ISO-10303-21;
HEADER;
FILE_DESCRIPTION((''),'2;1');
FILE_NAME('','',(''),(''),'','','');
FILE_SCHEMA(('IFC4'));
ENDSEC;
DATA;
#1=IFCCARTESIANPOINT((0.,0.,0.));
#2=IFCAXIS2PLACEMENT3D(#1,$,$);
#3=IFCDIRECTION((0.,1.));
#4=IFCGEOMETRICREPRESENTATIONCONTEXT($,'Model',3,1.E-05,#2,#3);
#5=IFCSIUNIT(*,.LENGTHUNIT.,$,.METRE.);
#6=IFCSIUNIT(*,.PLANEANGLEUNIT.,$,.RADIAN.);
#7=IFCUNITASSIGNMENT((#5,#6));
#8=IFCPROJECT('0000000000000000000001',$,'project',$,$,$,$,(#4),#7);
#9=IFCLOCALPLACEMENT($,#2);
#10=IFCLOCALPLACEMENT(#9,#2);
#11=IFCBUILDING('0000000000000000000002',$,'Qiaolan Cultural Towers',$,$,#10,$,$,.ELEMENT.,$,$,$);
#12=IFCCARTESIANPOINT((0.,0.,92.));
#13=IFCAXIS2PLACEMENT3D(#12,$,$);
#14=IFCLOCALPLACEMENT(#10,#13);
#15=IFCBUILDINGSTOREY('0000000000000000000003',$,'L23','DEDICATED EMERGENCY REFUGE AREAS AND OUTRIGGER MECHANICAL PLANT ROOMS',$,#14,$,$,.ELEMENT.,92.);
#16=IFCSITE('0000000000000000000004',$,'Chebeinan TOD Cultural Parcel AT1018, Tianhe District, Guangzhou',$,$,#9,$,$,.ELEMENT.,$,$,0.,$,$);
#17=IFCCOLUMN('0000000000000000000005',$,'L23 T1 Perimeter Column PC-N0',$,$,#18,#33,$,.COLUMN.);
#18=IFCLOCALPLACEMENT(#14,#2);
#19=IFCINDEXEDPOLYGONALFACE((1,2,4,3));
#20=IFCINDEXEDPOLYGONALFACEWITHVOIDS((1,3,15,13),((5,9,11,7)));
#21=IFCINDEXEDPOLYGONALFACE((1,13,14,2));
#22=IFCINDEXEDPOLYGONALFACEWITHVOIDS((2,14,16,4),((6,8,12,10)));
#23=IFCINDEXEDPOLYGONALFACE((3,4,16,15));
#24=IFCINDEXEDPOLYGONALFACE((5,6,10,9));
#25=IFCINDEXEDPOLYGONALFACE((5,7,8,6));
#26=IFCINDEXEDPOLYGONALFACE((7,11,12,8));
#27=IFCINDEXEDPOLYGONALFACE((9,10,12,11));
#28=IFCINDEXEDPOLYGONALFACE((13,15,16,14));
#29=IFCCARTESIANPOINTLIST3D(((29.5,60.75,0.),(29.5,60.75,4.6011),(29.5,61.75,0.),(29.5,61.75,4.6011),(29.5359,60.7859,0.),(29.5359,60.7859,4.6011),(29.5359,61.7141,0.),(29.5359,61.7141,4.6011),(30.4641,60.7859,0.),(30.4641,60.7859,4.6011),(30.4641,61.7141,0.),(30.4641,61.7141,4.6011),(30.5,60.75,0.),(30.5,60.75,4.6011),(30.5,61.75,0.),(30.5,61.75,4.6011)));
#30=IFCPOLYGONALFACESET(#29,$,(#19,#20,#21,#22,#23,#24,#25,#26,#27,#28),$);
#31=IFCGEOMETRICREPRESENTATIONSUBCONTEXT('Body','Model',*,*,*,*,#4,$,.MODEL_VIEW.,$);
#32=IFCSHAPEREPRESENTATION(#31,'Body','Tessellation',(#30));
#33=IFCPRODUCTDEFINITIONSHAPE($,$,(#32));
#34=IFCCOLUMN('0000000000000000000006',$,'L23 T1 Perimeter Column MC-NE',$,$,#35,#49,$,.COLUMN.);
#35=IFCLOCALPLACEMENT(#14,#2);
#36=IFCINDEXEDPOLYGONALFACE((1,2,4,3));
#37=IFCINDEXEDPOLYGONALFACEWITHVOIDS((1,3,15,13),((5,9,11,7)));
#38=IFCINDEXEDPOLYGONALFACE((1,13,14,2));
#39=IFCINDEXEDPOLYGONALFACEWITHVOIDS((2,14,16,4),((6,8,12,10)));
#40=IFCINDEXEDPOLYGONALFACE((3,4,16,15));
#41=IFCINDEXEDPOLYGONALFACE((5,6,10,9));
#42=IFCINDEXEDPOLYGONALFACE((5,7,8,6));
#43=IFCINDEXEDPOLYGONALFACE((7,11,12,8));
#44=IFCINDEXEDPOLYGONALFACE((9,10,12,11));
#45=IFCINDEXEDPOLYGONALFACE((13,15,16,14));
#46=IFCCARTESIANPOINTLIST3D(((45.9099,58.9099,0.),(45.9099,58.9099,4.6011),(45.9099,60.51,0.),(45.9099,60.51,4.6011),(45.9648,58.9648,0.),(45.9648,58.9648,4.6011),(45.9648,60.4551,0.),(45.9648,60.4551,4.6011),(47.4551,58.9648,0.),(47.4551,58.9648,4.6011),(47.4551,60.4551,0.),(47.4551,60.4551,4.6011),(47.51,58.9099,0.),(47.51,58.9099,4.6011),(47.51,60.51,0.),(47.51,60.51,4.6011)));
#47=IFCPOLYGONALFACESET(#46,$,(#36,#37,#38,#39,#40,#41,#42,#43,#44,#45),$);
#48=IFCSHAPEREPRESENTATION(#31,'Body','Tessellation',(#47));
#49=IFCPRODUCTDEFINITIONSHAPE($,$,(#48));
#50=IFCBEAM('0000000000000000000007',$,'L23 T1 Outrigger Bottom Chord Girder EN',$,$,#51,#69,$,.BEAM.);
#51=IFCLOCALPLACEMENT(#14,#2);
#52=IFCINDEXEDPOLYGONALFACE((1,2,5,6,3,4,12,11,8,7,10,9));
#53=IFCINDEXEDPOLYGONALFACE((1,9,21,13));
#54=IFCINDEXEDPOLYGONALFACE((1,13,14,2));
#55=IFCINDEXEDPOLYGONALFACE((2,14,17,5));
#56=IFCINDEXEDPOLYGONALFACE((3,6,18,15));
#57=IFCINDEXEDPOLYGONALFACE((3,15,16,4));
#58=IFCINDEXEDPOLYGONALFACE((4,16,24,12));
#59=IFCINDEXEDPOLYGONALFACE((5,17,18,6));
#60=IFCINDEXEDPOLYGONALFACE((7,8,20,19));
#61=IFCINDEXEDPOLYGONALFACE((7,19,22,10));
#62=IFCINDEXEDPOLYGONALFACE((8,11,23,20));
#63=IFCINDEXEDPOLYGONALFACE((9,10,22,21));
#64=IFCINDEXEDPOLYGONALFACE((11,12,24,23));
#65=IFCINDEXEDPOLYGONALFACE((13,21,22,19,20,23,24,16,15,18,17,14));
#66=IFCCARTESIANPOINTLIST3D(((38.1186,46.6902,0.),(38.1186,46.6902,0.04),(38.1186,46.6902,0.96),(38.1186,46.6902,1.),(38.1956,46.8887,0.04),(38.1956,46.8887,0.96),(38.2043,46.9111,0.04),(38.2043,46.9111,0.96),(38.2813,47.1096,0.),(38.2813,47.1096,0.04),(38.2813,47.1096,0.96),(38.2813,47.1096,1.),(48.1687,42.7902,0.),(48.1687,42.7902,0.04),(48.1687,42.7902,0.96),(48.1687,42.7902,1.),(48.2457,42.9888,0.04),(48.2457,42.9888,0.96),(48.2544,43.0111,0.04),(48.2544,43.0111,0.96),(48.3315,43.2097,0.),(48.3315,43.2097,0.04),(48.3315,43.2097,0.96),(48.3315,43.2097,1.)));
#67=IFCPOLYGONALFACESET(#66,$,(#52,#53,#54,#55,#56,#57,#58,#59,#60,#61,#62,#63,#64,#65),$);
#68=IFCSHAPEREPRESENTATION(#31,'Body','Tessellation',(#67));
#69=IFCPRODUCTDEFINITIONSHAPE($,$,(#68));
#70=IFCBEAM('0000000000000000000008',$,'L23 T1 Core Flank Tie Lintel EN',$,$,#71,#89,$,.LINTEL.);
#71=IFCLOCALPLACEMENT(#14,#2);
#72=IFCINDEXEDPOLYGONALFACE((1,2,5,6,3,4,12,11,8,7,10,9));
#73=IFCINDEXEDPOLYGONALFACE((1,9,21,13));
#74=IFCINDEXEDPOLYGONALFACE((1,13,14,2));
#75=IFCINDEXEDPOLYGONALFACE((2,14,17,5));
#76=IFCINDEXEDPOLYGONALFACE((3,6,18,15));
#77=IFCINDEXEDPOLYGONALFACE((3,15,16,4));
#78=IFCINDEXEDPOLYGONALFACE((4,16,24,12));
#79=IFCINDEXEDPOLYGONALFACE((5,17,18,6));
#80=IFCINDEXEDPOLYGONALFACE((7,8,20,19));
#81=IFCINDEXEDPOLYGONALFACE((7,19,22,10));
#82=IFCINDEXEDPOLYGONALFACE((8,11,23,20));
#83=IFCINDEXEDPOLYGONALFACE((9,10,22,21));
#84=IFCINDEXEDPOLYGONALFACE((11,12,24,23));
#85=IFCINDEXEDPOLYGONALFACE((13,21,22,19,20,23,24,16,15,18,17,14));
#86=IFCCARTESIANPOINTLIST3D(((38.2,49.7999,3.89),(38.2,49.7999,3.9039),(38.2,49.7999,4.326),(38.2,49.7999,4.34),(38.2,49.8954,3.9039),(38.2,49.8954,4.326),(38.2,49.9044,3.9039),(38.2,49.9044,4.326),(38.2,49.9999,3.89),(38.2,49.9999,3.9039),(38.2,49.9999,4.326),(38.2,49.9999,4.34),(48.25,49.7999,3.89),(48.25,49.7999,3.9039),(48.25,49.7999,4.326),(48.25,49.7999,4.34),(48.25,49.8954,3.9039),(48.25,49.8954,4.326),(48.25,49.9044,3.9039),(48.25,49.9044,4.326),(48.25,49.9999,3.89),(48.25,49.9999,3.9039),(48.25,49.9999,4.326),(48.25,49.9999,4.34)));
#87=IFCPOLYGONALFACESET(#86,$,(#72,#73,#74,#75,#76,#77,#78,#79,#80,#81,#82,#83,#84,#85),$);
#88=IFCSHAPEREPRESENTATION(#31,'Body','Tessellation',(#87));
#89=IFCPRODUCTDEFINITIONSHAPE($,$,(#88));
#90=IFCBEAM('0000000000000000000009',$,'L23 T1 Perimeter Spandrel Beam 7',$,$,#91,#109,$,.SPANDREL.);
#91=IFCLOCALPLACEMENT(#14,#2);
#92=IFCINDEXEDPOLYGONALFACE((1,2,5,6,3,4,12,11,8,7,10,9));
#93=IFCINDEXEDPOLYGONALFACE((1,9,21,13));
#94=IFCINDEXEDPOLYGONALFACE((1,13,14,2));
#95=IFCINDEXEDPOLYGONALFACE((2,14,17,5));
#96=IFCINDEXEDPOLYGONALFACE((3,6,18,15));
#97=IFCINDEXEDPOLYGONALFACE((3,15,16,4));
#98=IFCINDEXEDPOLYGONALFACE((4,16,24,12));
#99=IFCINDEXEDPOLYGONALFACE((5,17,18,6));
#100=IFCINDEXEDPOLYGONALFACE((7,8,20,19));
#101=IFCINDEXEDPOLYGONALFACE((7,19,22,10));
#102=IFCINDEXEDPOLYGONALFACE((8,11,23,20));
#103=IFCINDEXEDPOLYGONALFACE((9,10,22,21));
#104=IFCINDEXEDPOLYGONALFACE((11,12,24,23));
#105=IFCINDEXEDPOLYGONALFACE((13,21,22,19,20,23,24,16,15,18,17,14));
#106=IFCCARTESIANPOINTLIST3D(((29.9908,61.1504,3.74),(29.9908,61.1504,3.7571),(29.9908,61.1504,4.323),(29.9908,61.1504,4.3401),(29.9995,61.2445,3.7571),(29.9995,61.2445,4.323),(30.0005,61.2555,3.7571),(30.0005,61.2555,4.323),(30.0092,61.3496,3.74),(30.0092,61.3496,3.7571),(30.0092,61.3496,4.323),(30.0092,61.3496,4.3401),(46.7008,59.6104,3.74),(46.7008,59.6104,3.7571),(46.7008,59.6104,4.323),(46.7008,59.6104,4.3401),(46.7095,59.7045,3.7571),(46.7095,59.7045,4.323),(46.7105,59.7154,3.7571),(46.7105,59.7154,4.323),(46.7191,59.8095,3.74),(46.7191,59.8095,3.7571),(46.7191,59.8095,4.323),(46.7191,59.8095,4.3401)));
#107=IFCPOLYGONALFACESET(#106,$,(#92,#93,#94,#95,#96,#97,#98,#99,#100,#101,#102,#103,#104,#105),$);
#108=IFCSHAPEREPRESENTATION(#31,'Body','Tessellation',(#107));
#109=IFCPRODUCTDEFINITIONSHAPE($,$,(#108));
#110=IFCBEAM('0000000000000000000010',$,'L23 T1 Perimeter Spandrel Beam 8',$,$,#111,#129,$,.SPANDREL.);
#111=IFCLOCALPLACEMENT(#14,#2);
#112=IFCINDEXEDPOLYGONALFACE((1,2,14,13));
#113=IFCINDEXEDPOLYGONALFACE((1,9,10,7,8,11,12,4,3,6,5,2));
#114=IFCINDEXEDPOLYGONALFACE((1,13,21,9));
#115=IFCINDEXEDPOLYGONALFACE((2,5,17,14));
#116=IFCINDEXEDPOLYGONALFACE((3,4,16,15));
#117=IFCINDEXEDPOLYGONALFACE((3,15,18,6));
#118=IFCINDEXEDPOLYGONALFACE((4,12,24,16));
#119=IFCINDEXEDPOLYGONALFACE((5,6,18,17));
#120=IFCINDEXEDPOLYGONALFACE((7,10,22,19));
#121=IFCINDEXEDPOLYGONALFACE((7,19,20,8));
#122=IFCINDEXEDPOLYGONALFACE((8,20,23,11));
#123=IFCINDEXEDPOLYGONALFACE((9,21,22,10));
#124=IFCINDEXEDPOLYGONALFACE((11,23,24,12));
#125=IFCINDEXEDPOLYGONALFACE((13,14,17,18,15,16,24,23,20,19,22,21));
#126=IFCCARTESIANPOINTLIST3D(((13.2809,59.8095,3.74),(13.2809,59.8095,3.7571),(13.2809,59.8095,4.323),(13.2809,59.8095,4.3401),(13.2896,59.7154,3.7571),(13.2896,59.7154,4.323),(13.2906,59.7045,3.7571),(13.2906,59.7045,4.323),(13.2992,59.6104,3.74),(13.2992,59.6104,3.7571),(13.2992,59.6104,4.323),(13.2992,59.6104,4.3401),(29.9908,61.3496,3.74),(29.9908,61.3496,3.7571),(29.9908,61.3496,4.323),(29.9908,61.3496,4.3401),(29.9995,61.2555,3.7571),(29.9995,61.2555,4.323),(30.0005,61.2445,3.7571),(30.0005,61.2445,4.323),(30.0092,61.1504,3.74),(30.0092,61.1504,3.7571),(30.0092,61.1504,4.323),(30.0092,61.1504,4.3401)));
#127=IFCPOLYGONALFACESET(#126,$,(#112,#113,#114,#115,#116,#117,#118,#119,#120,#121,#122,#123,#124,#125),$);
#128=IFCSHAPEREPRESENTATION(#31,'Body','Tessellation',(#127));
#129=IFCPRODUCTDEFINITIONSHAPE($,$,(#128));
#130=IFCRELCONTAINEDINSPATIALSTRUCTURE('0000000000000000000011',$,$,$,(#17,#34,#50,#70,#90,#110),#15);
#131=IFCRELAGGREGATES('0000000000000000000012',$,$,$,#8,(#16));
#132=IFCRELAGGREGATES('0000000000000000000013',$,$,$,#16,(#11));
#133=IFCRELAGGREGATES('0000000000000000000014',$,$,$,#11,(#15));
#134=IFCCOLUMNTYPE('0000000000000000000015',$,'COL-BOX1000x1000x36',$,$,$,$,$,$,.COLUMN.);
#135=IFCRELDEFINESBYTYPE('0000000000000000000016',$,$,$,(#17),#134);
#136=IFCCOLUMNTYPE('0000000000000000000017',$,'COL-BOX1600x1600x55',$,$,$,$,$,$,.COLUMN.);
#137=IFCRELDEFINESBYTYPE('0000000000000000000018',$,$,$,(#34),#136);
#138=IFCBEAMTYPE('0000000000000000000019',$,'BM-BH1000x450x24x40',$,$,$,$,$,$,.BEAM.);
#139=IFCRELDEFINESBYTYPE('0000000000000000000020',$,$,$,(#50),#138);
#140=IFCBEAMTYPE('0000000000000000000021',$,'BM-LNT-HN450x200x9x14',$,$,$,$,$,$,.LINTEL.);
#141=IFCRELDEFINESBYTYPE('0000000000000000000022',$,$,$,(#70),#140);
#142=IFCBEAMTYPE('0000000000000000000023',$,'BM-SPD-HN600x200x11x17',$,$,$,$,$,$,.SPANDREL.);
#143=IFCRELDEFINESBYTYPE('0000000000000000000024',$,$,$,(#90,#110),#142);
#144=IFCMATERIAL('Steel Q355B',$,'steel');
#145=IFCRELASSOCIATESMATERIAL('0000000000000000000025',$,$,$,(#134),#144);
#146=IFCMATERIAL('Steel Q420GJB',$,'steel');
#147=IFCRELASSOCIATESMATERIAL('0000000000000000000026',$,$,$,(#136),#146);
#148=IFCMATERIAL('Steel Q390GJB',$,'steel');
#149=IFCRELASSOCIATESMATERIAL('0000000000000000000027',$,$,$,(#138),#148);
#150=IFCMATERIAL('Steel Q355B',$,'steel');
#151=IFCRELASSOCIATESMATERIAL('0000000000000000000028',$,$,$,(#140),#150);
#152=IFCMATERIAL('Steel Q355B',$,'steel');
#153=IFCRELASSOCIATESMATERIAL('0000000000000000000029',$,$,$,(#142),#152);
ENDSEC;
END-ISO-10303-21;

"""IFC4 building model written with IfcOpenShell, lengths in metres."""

from ifc_helpers import new_model, si_unit, direction, frame, origin, origin_2d, place, context, subcontext, project, spatial, hollow_rectangle, i_section, extrude, material, material_profile, profile_set, type_object, element, save


model = new_model("IFC4")

# Units and contexts
model_context = context("Model", 3, precision=1e-05, world=origin(), true_north=direction((0.0, 1.0)))
body_context = subcontext(model_context, "Body", "Model", "MODEL_VIEW")
ifc_project = project(units=[si_unit("LENGTHUNIT", "METRE"), si_unit("PLANEANGLEUNIT", "RADIAN")], contexts=[model_context])

# Site, building, storey
site_placement = place(None, origin())
site = spatial("IfcSite", under=ifc_project, at=site_placement, Name="Chebeinan TOD Cultural Parcel AT1018, Tianhe District, Guangzhou", CompositionType="ELEMENT", RefElevation=0.0)
building_placement = place(site_placement, origin())
building = spatial("IfcBuilding", under=site, at=building_placement, Name="Qiaolan Cultural Towers", CompositionType="ELEMENT")
storey_placement = place(building_placement, frame((0.0, 0.0, 92.0)))
storey = spatial("IfcBuildingStorey", under=building, at=storey_placement, Name="L23", Description="DEDICATED EMERGENCY REFUGE AREAS AND OUTRIGGER MECHANICAL PLANT ROOMS", CompositionType="ELEMENT", Elevation=92.0)

# Columns
ifc_material_1 = material(Name="Steel Q355B", Category="steel")
ifc_material_profile_1 = material_profile(ifc_material_1, hollow_rectangle(XDim=1.0, YDim=1.0, WallThickness=0.0359, at=origin_2d()), Name="BOX1000x1000x36")
ifc_profile_set_1 = profile_set([ifc_material_profile_1], Name="Steel Q355B")
column_type_1 = type_object("IfcColumnType", Name="COL-BOX1000x1000x36", PredefinedType="COLUMN", material=ifc_profile_set_1)
column_1_placement = place(storey_placement, frame((30.0, 61.25, 0.0), z_axis=(0.0, 0.0, 1.0), x_axis=(1.0, 0.0, 0.0)))
element("IfcColumn", 1, at=column_1_placement, inside=storey, type_object=column_type_1, Name="L23 T1 Perimeter Column PC-N0", PredefinedType="COLUMN", context=body_context, shape_type="SweptSolid", body=[
    extrude(hollow_rectangle(XDim=1.0, YDim=1.0, WallThickness=0.0359, at=origin_2d()), origin(), (0.0, 0.0, 1.0), 4.6011),
])
ifc_material_2 = material(Name="Steel Q420GJB", Category="steel")
ifc_material_profile_2 = material_profile(ifc_material_2, hollow_rectangle(XDim=1.6001, YDim=1.6001, WallThickness=0.0549, at=origin_2d()), Name="BOX1600x1600x55")
ifc_profile_set_2 = profile_set([ifc_material_profile_2], Name="Steel Q420GJB")
column_type_2 = type_object("IfcColumnType", Name="COL-BOX1600x1600x55", PredefinedType="COLUMN", material=ifc_profile_set_2)
column_2_placement = place(storey_placement, frame((46.71, 59.71, 0.0), z_axis=(0.0, 0.0, 1.0), x_axis=(1.0, 0.0, 0.0)))
element("IfcColumn", 2, at=column_2_placement, inside=storey, type_object=column_type_2, Name="L23 T1 Perimeter Column MC-NE", PredefinedType="COLUMN", context=body_context, shape_type="SweptSolid", body=[
    extrude(hollow_rectangle(XDim=1.6001, YDim=1.6001, WallThickness=0.0549, at=origin_2d()), origin(), (0.0, 0.0, 1.0), 4.6011),
])

# Beams
ifc_material_3 = material(Name="Steel Q390GJB", Category="steel")
ifc_material_profile_3 = material_profile(ifc_material_3, i_section(OverallWidth=0.45, OverallDepth=1.0, WebThickness=0.0239, FlangeThickness=0.04, at=origin_2d()), Name="BH1000x450x24x40")
ifc_profile_set_3 = profile_set([ifc_material_profile_3], Name="Steel Q390GJB")
beam_type_1 = type_object("IfcBeamType", Name="BM-BH1000x450x24x40", PredefinedType="BEAM", material=ifc_profile_set_3)
beam_1_placement = place(storey_placement, frame((38.2, 46.8999, 0.5), z_axis=(0.932269, -0.361765, 0.0), x_axis=(0.361765, 0.932269, 0.0)))
element("IfcBeam", 3, at=beam_1_placement, inside=storey, type_object=beam_type_1, Name="L23 T1 Outrigger Bottom Chord Girder EN", PredefinedType="BEAM", context=body_context, shape_type="SweptSolid", body=[
    extrude(i_section(OverallWidth=0.45, OverallDepth=1.0, WebThickness=0.0239, FlangeThickness=0.04, at=origin_2d()), origin(), (0.0, 0.0, 1.0), 10.7803),
])
ifc_material_4 = material(Name="Steel Q355B", Category="steel")
ifc_material_profile_4 = material_profile(ifc_material_4, i_section(OverallWidth=0.2, OverallDepth=0.45, WebThickness=0.009, FlangeThickness=0.0139, at=origin_2d()), Name="HN450x200x9x14")
ifc_profile_set_4 = profile_set([ifc_material_profile_4], Name="Steel Q355B")
beam_type_2 = type_object("IfcBeamType", Name="BM-LNT-HN450x200x9x14", PredefinedType="LINTEL", material=ifc_profile_set_4)
beam_2_placement = place(storey_placement, frame((38.2, 49.8999, 4.115), z_axis=(1.0, 0.0, 0.0), x_axis=(0.0, 1.0, 0.0)))
element("IfcBeam", 4, at=beam_2_placement, inside=storey, type_object=beam_type_2, Name="L23 T1 Core Flank Tie Lintel EN", PredefinedType="LINTEL", context=body_context, shape_type="SweptSolid", body=[
    extrude(i_section(OverallWidth=0.2, OverallDepth=0.45, WebThickness=0.009, FlangeThickness=0.0139, at=origin_2d()), origin(), (0.0, 0.0, 1.0), 10.05),
])
ifc_material_5 = material(Name="Steel Q355B", Category="steel")
ifc_material_profile_5 = material_profile(ifc_material_5, i_section(OverallWidth=0.2, OverallDepth=0.6001, WebThickness=0.011, FlangeThickness=0.0171, at=origin_2d()), Name="HN600x200x11x17")
ifc_profile_set_5 = profile_set([ifc_material_profile_5], Name="Steel Q355B")
beam_type_3 = type_object("IfcBeamType", Name="BM-SPD-HN600x200x11x17", PredefinedType="SPANDREL", material=ifc_profile_set_5)
for number, where, z_axis, x_axis, name in (
    (5, (46.71, 59.71, 4.04), (-0.99578, 0.091774, 0.0), (-0.091774, -0.99578, 0.0), "L23 T1 Perimeter Spandrel Beam 7"),
    (6, (30.0, 61.25, 4.04), (-0.99578, -0.091774, 0.0), (0.091774, -0.99578, 0.0), "L23 T1 Perimeter Spandrel Beam 8"),
):
    element("IfcBeam", number, at=place(storey_placement, frame(where, z_axis=z_axis, x_axis=x_axis)), inside=storey, type_object=beam_type_3, Name=name, PredefinedType="SPANDREL", context=body_context, shape_type="SweptSolid", body=[
        extrude(i_section(OverallWidth=0.2, OverallDepth=0.6001, WebThickness=0.011, FlangeThickness=0.0171, at=origin_2d()), origin(), (0.0, 0.0, 1.0), 16.7808),
    ])

save(model, "model.ifc")
